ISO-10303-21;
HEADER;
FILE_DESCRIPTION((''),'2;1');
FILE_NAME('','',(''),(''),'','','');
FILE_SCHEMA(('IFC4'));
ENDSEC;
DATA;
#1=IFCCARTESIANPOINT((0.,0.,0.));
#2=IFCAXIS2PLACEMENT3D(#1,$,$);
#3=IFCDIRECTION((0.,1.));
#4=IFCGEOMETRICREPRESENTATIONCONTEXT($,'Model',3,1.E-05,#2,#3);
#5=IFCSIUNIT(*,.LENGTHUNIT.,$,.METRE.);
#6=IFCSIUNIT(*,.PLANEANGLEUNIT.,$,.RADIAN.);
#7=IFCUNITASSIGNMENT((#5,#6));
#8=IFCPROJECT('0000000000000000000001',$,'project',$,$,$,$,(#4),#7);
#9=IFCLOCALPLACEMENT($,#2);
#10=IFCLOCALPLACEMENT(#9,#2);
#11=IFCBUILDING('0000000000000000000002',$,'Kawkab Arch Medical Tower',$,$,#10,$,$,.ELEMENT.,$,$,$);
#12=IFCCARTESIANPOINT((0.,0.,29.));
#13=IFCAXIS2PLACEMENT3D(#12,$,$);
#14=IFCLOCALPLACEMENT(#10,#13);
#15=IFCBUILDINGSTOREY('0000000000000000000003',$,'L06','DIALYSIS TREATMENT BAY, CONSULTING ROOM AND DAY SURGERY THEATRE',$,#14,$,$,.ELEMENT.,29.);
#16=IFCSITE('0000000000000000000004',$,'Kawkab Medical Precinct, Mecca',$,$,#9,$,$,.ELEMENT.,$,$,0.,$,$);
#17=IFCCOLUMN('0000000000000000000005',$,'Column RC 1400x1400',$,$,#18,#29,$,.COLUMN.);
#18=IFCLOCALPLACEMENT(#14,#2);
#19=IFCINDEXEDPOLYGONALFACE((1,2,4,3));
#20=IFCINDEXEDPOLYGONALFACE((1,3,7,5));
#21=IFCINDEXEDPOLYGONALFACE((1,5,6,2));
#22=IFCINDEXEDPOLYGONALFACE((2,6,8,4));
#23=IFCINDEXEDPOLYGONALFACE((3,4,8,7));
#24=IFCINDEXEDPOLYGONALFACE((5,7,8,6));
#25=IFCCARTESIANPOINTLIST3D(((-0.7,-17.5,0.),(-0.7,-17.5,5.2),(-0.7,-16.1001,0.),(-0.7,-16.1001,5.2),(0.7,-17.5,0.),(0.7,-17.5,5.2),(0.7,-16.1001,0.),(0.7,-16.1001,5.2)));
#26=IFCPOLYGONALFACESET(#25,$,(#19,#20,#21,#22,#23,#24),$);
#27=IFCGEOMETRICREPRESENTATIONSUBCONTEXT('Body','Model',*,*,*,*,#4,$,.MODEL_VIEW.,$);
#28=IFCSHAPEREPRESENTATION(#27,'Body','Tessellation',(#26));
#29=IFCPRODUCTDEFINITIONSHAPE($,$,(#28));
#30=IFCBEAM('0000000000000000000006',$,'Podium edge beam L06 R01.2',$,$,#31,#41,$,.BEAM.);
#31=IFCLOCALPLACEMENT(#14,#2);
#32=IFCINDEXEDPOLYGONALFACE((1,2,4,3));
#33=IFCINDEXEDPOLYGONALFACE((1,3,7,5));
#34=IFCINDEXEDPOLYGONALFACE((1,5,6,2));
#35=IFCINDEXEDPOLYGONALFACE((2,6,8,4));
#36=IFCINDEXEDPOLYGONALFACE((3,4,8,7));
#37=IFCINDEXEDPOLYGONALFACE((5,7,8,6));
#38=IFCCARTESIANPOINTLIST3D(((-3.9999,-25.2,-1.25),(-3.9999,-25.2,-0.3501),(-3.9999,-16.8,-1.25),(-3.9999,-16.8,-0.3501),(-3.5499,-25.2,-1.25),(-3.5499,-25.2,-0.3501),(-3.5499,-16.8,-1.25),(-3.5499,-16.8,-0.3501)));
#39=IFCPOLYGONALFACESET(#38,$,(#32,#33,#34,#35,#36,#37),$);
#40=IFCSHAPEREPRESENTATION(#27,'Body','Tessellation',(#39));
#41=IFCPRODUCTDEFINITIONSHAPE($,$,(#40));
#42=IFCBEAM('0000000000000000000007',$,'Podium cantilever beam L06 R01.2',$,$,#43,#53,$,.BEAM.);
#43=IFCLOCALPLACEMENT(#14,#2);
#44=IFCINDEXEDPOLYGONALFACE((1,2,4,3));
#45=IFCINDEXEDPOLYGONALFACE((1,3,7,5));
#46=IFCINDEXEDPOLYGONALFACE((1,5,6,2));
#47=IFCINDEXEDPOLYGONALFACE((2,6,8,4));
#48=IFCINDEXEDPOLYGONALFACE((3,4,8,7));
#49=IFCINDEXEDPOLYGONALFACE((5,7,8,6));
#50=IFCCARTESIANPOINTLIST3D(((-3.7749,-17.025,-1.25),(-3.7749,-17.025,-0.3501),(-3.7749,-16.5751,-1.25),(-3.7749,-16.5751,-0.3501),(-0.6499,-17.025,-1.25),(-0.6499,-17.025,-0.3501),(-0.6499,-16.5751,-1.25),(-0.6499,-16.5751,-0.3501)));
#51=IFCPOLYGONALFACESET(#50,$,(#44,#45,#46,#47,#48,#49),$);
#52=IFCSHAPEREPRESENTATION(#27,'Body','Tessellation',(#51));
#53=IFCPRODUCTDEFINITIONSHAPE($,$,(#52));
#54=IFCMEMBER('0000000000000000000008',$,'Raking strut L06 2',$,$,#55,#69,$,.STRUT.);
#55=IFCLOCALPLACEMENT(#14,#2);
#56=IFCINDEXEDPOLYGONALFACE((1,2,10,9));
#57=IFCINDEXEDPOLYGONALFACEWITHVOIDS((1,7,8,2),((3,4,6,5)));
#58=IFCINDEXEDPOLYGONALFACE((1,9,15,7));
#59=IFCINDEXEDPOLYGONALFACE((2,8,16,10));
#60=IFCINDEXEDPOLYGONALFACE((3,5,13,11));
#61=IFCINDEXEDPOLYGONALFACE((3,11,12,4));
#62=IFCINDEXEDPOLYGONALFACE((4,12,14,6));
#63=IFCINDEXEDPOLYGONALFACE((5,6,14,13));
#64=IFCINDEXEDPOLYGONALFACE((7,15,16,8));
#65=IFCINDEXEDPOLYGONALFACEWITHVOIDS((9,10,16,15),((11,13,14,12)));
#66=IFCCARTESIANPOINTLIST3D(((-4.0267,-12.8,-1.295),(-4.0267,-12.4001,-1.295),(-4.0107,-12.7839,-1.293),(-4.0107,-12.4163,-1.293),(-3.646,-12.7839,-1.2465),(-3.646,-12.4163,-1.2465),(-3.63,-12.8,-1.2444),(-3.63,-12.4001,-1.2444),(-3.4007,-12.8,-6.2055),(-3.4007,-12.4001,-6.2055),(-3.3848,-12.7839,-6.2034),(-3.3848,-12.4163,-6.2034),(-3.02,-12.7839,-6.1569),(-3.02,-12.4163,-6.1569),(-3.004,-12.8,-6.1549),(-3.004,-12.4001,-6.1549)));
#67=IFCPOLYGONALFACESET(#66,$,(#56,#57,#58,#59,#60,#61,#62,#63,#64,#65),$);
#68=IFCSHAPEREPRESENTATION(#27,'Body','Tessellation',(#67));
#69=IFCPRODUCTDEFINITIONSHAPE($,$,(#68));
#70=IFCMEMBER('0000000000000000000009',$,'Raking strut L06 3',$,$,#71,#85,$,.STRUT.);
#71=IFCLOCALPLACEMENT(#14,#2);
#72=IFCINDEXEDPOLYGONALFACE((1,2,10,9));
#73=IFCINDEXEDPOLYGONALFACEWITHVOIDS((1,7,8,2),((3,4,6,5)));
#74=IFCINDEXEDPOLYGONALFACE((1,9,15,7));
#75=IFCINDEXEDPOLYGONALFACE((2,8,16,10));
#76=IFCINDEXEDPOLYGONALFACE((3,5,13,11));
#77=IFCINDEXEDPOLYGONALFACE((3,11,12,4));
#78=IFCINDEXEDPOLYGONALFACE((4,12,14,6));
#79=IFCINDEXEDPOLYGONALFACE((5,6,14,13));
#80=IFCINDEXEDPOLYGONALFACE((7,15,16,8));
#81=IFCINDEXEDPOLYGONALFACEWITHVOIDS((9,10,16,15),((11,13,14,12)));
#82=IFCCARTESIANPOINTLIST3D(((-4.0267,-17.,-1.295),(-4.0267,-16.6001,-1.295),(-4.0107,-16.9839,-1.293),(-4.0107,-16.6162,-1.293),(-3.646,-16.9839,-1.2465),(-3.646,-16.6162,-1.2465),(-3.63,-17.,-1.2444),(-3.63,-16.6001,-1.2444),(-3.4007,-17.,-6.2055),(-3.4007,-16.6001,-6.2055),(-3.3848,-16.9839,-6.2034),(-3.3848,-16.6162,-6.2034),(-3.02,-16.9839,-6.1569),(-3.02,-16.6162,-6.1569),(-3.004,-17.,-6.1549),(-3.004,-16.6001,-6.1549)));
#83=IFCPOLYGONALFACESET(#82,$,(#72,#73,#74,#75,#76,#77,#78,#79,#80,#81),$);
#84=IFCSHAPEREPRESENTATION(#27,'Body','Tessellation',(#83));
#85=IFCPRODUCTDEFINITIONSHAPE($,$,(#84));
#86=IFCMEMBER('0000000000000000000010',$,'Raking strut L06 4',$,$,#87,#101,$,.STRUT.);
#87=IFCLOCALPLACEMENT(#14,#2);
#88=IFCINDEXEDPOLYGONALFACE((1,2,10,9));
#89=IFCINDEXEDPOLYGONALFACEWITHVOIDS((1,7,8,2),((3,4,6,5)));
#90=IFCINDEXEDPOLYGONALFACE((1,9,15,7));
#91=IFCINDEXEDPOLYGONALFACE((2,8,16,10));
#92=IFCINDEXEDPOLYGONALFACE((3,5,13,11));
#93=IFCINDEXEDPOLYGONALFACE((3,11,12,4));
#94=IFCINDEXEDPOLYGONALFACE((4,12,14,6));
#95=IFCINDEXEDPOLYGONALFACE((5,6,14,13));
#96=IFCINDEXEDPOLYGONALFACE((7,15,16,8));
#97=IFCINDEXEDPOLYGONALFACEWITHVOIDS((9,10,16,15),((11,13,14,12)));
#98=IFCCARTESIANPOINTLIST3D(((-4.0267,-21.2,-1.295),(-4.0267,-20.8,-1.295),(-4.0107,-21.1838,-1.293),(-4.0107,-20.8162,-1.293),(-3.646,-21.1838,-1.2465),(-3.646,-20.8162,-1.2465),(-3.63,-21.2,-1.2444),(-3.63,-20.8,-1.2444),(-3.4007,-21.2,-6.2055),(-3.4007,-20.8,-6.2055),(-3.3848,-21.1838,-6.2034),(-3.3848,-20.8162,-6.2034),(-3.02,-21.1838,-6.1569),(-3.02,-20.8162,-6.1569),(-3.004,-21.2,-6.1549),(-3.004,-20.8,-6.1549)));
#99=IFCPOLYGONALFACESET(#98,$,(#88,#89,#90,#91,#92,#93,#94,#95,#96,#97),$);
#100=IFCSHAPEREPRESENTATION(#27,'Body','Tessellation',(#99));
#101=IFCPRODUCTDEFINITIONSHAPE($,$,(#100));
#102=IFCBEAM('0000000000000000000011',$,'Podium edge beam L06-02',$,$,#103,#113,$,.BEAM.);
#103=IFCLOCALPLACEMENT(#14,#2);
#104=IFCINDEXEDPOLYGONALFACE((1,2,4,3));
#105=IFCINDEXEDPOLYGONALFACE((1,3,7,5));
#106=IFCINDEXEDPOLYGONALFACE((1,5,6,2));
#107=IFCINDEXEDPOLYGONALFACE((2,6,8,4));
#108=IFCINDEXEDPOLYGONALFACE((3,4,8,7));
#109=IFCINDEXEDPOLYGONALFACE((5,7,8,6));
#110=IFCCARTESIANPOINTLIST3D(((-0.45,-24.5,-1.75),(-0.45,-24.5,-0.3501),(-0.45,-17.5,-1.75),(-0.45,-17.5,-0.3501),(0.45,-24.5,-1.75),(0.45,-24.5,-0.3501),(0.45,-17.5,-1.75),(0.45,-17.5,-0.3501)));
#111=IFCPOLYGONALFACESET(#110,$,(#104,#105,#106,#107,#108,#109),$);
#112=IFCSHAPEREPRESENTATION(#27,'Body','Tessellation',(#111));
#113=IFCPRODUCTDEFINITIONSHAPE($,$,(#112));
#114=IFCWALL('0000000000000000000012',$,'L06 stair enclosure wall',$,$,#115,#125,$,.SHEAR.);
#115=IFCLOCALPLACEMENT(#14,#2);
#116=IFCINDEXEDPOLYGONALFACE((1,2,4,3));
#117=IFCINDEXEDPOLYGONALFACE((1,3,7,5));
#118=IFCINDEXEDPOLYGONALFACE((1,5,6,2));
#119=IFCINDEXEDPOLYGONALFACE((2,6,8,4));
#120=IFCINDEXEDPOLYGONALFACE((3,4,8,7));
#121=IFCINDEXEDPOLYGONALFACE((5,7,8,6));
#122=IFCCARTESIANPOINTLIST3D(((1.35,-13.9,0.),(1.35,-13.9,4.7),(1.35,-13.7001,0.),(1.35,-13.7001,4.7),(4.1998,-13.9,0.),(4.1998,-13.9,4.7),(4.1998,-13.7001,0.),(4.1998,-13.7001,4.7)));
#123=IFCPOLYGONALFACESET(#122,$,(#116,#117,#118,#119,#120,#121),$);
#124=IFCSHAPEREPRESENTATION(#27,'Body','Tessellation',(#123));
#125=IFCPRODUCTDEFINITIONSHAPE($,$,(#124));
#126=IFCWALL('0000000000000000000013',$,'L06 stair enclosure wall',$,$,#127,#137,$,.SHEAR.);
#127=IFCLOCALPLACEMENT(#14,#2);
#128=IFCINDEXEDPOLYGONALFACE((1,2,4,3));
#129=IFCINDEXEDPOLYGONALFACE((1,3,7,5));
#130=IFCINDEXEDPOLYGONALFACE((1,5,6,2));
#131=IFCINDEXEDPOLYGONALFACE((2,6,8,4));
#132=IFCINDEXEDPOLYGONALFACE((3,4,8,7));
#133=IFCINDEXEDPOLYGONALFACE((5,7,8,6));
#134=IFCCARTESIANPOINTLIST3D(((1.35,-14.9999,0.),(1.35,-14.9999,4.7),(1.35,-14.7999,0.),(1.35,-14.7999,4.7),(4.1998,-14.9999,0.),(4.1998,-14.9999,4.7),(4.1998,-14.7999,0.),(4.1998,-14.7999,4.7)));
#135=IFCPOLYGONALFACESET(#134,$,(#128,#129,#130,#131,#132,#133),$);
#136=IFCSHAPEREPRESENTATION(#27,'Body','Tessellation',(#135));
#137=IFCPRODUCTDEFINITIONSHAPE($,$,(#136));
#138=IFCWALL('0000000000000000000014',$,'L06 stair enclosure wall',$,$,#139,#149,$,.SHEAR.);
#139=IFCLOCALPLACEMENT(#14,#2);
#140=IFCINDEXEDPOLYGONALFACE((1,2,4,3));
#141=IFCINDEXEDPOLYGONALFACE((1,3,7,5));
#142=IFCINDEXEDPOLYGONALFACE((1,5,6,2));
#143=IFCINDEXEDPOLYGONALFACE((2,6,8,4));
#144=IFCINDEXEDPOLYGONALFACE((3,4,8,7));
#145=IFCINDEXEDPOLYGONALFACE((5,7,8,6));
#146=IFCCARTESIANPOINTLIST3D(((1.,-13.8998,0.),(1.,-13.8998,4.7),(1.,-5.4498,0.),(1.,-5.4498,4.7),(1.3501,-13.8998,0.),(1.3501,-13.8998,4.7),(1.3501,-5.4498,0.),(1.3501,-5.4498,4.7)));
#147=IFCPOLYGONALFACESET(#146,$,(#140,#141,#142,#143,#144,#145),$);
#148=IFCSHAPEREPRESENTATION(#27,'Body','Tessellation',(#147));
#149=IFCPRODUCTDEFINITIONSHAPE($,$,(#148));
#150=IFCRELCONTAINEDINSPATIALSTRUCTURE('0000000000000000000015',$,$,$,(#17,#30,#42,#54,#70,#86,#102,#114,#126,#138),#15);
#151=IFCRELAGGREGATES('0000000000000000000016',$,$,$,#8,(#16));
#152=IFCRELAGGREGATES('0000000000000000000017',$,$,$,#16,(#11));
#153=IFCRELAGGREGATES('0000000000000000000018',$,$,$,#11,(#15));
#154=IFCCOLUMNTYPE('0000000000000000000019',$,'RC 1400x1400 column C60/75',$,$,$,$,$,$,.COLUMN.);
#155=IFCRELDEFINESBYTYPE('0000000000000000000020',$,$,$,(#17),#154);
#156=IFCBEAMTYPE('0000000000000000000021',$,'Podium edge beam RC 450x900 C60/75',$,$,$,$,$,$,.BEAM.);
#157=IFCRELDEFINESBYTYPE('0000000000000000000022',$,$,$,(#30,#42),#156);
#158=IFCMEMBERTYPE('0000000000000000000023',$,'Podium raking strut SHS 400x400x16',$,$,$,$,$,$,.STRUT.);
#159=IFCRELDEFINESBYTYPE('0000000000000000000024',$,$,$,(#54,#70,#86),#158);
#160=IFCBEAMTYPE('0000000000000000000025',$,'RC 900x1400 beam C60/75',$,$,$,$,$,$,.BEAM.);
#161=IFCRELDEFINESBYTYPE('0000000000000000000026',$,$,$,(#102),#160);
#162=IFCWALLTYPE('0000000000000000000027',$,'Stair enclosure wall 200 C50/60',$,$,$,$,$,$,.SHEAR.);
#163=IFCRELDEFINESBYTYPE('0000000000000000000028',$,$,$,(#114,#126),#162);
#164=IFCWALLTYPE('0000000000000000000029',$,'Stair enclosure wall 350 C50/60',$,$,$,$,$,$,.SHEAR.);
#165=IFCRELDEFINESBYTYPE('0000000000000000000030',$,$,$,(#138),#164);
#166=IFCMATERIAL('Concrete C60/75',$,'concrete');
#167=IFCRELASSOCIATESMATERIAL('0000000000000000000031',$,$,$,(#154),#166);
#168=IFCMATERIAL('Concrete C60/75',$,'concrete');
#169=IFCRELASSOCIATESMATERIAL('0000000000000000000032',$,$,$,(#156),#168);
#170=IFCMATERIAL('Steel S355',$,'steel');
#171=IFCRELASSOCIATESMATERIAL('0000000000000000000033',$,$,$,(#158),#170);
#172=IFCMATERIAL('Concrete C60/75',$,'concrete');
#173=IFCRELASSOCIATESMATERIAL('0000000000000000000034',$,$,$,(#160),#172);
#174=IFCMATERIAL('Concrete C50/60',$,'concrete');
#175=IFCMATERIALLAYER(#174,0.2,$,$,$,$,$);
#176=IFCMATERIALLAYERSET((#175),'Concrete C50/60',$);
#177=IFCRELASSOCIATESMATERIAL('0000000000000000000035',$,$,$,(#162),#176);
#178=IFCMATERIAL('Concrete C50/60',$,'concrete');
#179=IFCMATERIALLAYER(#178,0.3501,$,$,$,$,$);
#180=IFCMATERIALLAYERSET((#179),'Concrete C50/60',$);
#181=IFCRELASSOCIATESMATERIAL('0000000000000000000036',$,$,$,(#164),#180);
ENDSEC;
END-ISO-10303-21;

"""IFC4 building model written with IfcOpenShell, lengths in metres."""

from ifc_helpers import new_model, si_unit, direction, frame, frame_2d, origin, origin_2d, place, context, subcontext, project, spatial, rectangle, hollow_rectangle, extrude, material, layer, layer_set, material_profile, profile_set, type_object, element, save


model = new_model("IFC4")

# Units and contexts
model_context = context("Model", 3, precision=1e-05, world=origin(), true_north=direction((0.0, 1.0)))
body_context = subcontext(model_context, "Body", "Model", "MODEL_VIEW")
ifc_project = project(units=[si_unit("LENGTHUNIT", "METRE"), si_unit("PLANEANGLEUNIT", "RADIAN")], contexts=[model_context])

# Site, building, storey
site_placement = place(None, origin())
site = spatial("IfcSite", under=ifc_project, at=site_placement, Name="Kawkab Medical Precinct, Mecca", CompositionType="ELEMENT", RefElevation=0.0)
building_placement = place(site_placement, origin())
building = spatial("IfcBuilding", under=site, at=building_placement, Name="Kawkab Arch Medical Tower", CompositionType="ELEMENT")
storey_placement = place(building_placement, frame((0.0, 0.0, 29.0)))
storey = spatial("IfcBuildingStorey", under=building, at=storey_placement, Name="L06", Description="DIALYSIS TREATMENT BAY, CONSULTING ROOM AND DAY SURGERY THEATRE", CompositionType="ELEMENT", Elevation=29.0)

# Column
ifc_material_1 = material(Name="Concrete C60/75", Category="concrete")
ifc_material_profile_1 = material_profile(ifc_material_1, rectangle(XDim=1.3999, YDim=1.3999, at=origin_2d()), Name="RC 1400x1400")
ifc_profile_set_1 = profile_set([ifc_material_profile_1], Name="Concrete C60/75")
column_type = type_object("IfcColumnType", Name="RC 1400x1400 column C60/75", PredefinedType="COLUMN", material=ifc_profile_set_1)
column_placement = place(storey_placement, frame((0.0, -16.8, 0.0), z_axis=(0.0, 0.0, 1.0), x_axis=(1.0, 0.0, 0.0)))
element("IfcColumn", 1, at=column_placement, inside=storey, type_object=column_type, Name="Column RC 1400x1400", PredefinedType="COLUMN", context=body_context, shape_type="SweptSolid", body=[
    extrude(rectangle(XDim=1.3999, YDim=1.3999, at=origin_2d()), origin(), (0.0, 0.0, 1.0), 5.2),
])

# Beams
ifc_material_2 = material(Name="Concrete C60/75", Category="concrete")
ifc_material_profile_2 = material_profile(ifc_material_2, rectangle(XDim=0.45, YDim=0.8999, at=origin_2d()), Name="RC 450x900")
ifc_profile_set_2 = profile_set([ifc_material_profile_2], Name="Concrete C60/75")
beam_type_1 = type_object("IfcBeamType", Name="Podium edge beam RC 450x900 C60/75", PredefinedType="BEAM", material=ifc_profile_set_2)
beam_1_placement = place(storey_placement, frame((-3.7749, -16.8, -0.8), z_axis=(0.0, -1.0, 0.0), x_axis=(1.0, 0.0, 0.0)))
element("IfcBeam", 2, at=beam_1_placement, inside=storey, type_object=beam_type_1, Name="Podium edge beam L06 R01.2", PredefinedType="BEAM", context=body_context, shape_type="SweptSolid", body=[
    extrude(rectangle(XDim=0.45, YDim=0.8999, at=origin_2d()), origin(), (0.0, 0.0, 1.0), 8.3999),
])
beam_2_placement = place(storey_placement, frame((-0.6499, -16.8, -0.8), z_axis=(-1.0, 0.0, 0.0), x_axis=(0.0, -1.0, 0.0)))
element("IfcBeam", 3, at=beam_2_placement, inside=storey, type_object=beam_type_1, Name="Podium cantilever beam L06 R01.2", PredefinedType="BEAM", context=body_context, shape_type="SweptSolid", body=[
    extrude(rectangle(XDim=0.45, YDim=0.8999, at=origin_2d()), origin(), (0.0, 0.0, 1.0), 3.125),
])

# Members
ifc_material_3 = material(Name="Steel S355", Category="steel")
ifc_material_profile_3 = material_profile(ifc_material_3, hollow_rectangle(XDim=0.3999, YDim=0.3999, WallThickness=0.0161, at=origin_2d()), Name="SHS 400x400x16")
ifc_profile_set_3 = profile_set([ifc_material_profile_3], Name="Steel S355")
member_type = type_object("IfcMemberType", Name="Podium raking strut SHS 400x400x16", PredefinedType="STRUT", material=ifc_profile_set_3)
for number, where, z_axis, x_axis, name in (
    (4, (-3.2024, -12.6001, -6.1802), (-0.126456, 0.0, 0.991972), (0.0, -1.0, 0.0), "Raking strut L06 2"),
    (5, (-3.2024, -16.8, -6.1802), (-0.126456, 0.0, 0.991972), (0.0, -1.0, 0.0), "Raking strut L06 3"),
    (6, (-3.2024, -21.0, -6.1802), (-0.126456, 0.0, 0.991972), (0.0, -1.0, 0.0), "Raking strut L06 4"),
):
    element("IfcMember", number, at=place(storey_placement, frame(where, z_axis=z_axis, x_axis=x_axis)), inside=storey, type_object=member_type, Name=name, PredefinedType="STRUT", context=body_context, shape_type="SweptSolid", body=[
        extrude(hollow_rectangle(XDim=0.3999, YDim=0.3999, WallThickness=0.0161, at=origin_2d()), origin(), (0.0, 0.0, 1.0), 4.9502),
    ])

# Beam
ifc_material_4 = material(Name="Concrete C60/75", Category="concrete")
ifc_material_profile_4 = material_profile(ifc_material_4, rectangle(XDim=0.8999, YDim=1.3999, at=origin_2d()), Name="RC 900x1400")
ifc_profile_set_4 = profile_set([ifc_material_profile_4], Name="Concrete C60/75")
beam_type_2 = type_object("IfcBeamType", Name="RC 900x1400 beam C60/75", PredefinedType="BEAM", material=ifc_profile_set_4)
beam_3_placement = place(storey_placement, frame((0.0, -17.5, -1.05), z_axis=(0.0, -1.0, 0.0), x_axis=(1.0, 0.0, 0.0)))
element("IfcBeam", 7, at=beam_3_placement, inside=storey, type_object=beam_type_2, Name="Podium edge beam L06-02", PredefinedType="BEAM", context=body_context, shape_type="SweptSolid", body=[
    extrude(rectangle(XDim=0.8999, YDim=1.3999, at=origin_2d()), origin(), (0.0, 0.0, 1.0), 7.0),
])

# Walls
ifc_material_5 = material(Name="Concrete C50/60", Category="concrete")
ifc_layer_1 = layer(ifc_material_5, 0.2)
ifc_layer_set_1 = layer_set([ifc_layer_1], Name="Concrete C50/60")
wall_type_1 = type_object("IfcWallType", Name="Stair enclosure wall 200 C50/60", PredefinedType="SHEAR", material=ifc_layer_set_1)
for number, where, z_axis, x_axis, name in (
    (8, (1.3501, -13.8, 0.0), (0.0, 0.0, 1.0), (1.0, 0.0, 0.0), "L06 stair enclosure wall"),
    (9, (1.3501, -14.8999, 0.0), (0.0, 0.0, 1.0), (1.0, 0.0, 0.0), "L06 stair enclosure wall"),
):
    element("IfcWall", number, at=place(storey_placement, frame(where, z_axis=z_axis, x_axis=x_axis)), inside=storey, type_object=wall_type_1, Name=name, PredefinedType="SHEAR", context=body_context, shape_type="SweptSolid", body=[
        extrude(rectangle(XDim=2.8499, YDim=0.2, at=frame_2d((1.4248, 0.0))), origin(), (0.0, 0.0, 1.0), 4.7),
    ])
ifc_material_6 = material(Name="Concrete C50/60", Category="concrete")
ifc_layer_2 = layer(ifc_material_6, 0.3501)
ifc_layer_set_2 = layer_set([ifc_layer_2], Name="Concrete C50/60")
wall_type_2 = type_object("IfcWallType", Name="Stair enclosure wall 350 C50/60", PredefinedType="SHEAR", material=ifc_layer_set_2)
wall_placement = place(storey_placement, frame((1.175, -13.8999, 0.0), z_axis=(0.0, 0.0, 1.0), x_axis=(0.0, 1.0, 0.0)))
element("IfcWall", 10, at=wall_placement, inside=storey, type_object=wall_type_2, Name="L06 stair enclosure wall", PredefinedType="SHEAR", context=body_context, shape_type="SweptSolid", body=[
    extrude(rectangle(XDim=8.45, YDim=0.3501, at=frame_2d((4.2251, 0.0))), origin(), (0.0, 0.0, 1.0), 4.7),
])

save(model, "model.ifc")
